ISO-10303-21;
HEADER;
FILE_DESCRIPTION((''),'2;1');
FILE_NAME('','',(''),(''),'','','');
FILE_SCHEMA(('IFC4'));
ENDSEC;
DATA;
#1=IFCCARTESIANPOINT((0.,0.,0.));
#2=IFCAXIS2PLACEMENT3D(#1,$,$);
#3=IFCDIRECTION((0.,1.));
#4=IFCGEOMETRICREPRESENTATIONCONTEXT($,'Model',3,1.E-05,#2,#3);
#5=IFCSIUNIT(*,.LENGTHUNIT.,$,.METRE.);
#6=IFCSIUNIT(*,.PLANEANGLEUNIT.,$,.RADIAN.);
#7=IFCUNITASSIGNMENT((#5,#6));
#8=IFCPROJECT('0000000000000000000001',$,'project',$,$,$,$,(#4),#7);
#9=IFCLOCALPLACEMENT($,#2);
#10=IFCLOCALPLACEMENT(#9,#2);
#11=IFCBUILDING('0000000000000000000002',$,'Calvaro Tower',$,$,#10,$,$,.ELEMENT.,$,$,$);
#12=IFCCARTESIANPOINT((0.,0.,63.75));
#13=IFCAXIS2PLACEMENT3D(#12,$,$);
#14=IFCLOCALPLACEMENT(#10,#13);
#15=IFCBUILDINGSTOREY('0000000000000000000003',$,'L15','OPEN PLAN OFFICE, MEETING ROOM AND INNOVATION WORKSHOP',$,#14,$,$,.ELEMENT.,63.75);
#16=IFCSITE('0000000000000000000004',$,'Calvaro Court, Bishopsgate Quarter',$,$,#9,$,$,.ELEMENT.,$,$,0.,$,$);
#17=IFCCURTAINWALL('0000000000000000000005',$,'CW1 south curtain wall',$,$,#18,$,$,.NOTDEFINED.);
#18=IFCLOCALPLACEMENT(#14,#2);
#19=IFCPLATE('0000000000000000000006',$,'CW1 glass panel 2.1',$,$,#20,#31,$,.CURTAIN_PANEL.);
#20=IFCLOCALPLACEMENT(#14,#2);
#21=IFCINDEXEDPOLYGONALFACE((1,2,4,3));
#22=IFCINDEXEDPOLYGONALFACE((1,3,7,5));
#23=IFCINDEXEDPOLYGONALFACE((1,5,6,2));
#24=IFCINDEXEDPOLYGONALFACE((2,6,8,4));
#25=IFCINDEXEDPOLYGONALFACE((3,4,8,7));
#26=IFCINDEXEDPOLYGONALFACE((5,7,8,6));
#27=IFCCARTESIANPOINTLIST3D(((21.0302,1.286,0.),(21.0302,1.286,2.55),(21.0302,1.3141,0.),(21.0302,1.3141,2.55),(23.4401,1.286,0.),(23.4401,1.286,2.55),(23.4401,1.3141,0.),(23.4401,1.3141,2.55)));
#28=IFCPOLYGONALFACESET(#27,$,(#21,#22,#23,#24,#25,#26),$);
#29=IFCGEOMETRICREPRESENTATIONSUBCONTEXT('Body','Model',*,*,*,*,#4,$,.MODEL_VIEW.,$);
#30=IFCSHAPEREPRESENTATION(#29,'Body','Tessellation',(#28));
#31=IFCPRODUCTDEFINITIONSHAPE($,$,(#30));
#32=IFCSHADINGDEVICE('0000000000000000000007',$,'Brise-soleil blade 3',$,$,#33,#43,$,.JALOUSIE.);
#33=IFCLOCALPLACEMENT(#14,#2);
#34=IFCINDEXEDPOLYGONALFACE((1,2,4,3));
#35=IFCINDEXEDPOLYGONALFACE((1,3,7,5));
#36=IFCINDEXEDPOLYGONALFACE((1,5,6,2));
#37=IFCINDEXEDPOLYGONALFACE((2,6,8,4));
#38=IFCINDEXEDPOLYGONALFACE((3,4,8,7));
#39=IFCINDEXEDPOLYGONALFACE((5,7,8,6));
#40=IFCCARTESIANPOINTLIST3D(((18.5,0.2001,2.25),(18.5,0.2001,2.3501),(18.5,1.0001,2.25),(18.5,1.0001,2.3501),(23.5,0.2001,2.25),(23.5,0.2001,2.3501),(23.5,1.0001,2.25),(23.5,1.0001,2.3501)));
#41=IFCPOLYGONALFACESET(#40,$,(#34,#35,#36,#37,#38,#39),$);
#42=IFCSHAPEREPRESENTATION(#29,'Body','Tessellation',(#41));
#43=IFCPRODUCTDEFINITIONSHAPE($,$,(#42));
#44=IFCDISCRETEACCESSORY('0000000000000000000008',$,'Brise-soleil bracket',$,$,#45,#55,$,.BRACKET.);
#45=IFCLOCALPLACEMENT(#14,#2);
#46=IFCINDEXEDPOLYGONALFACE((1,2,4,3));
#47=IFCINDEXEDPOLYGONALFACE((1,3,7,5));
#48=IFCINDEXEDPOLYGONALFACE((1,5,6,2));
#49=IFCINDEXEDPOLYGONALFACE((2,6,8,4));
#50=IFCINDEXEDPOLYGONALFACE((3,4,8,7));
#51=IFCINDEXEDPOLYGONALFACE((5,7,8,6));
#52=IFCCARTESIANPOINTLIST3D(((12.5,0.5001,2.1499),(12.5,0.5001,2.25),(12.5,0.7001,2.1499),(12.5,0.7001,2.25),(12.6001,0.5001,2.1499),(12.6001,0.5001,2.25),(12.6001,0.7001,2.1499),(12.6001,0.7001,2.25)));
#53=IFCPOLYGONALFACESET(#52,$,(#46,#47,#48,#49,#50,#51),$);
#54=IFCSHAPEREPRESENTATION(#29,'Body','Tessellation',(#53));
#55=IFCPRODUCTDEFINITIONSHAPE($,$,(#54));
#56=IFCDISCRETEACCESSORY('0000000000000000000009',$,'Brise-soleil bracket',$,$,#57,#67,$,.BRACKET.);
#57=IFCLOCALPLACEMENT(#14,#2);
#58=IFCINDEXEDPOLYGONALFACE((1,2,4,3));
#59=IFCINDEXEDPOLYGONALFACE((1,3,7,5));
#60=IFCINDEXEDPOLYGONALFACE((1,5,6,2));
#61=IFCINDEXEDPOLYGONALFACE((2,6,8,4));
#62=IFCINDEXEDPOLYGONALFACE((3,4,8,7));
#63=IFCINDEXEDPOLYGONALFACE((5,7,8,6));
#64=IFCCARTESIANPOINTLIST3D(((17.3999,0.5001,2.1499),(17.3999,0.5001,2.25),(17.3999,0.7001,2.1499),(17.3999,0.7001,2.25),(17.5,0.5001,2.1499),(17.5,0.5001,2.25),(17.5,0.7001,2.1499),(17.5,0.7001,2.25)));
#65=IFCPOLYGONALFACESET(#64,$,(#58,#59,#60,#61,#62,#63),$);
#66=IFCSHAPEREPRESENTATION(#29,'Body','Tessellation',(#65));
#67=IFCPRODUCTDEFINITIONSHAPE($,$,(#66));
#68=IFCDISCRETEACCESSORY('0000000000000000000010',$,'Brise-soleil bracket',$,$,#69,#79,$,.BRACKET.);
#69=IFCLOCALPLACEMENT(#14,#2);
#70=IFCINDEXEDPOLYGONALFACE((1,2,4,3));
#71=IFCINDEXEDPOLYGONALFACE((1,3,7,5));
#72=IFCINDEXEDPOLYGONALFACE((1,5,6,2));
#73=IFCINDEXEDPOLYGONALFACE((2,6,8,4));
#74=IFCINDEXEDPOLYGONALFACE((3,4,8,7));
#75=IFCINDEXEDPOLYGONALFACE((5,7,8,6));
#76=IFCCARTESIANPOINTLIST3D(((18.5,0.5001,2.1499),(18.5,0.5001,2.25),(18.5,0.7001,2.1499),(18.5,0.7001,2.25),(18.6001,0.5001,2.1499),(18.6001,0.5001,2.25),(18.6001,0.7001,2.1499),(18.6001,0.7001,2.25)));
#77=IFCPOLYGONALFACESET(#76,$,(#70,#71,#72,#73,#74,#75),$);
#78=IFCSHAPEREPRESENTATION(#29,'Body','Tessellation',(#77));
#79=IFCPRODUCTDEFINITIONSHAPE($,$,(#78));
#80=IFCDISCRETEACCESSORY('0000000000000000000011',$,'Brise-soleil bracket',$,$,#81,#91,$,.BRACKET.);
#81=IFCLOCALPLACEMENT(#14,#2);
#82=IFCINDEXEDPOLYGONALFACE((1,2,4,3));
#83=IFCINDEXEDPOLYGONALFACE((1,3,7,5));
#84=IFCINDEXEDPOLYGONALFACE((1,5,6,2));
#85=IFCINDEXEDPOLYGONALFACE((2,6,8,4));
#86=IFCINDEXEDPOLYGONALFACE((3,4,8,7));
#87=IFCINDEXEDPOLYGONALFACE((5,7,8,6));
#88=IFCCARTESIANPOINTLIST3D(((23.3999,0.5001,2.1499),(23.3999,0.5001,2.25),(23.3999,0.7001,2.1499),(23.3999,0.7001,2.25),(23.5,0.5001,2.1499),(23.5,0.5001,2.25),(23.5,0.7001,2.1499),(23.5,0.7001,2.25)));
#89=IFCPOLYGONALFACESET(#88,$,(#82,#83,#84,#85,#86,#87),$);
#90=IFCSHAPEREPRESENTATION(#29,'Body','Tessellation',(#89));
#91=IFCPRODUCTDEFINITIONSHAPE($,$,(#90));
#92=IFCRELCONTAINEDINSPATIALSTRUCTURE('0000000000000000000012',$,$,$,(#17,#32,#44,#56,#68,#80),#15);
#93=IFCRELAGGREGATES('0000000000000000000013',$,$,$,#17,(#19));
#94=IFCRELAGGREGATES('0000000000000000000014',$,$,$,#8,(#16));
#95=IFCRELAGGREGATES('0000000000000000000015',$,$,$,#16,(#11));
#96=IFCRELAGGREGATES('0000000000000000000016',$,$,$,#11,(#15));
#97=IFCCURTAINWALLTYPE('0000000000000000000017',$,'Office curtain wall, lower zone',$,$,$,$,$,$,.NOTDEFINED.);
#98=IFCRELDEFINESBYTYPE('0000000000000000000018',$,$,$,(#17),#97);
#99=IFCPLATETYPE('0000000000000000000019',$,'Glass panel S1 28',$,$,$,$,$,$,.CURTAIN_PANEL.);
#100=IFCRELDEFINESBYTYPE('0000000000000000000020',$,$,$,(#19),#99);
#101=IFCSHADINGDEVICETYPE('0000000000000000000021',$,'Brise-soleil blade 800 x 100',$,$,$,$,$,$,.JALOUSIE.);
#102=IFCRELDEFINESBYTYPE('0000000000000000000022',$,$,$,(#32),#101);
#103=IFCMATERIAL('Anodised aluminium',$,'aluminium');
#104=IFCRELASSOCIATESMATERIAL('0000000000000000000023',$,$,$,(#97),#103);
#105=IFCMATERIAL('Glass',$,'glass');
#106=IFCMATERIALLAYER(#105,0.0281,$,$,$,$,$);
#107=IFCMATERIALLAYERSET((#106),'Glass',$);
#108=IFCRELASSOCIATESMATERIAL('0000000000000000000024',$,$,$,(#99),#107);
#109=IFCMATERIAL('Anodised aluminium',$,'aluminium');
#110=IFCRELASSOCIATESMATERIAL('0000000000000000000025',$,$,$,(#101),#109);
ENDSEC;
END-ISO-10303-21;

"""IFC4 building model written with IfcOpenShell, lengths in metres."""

from ifc_helpers import new_model, si_unit, direction, frame, origin, origin_2d, place, context, subcontext, project, spatial, rectangle, extrude, material, layer, layer_set, material_profile, profile_set, type_object, element, aggregate, save


model = new_model("IFC4")

# Units and contexts
model_context = context("Model", 3, precision=1e-05, world=origin(), true_north=direction((0.0, 1.0)))
body_context = subcontext(model_context, "Body", "Model", "MODEL_VIEW")
ifc_project = project(units=[si_unit("LENGTHUNIT", "METRE"), si_unit("PLANEANGLEUNIT", "RADIAN")], contexts=[model_context])

# Site, building, storey
site_placement = place(None, origin())
site = spatial("IfcSite", under=ifc_project, at=site_placement, Name="Calvaro Court, Bishopsgate Quarter", CompositionType="ELEMENT", RefElevation=0.0)
building_placement = place(site_placement, origin())
building = spatial("IfcBuilding", under=site, at=building_placement, Name="Calvaro Tower", CompositionType="ELEMENT")
storey_placement = place(building_placement, frame((0.0, 0.0, 63.75)))
storey = spatial("IfcBuildingStorey", under=building, at=storey_placement, Name="L15", Description="OPEN PLAN OFFICE, MEETING ROOM AND INNOVATION WORKSHOP", CompositionType="ELEMENT", Elevation=63.75)

# Curtain wall
ifc_material_1 = material(Name="Anodised aluminium", Category="aluminium")
curtain_wall_type = type_object("IfcCurtainWallType", Name="Office curtain wall, lower zone", PredefinedType="NOTDEFINED", material=ifc_material_1)
curtain_wall_1_placement = place(storey_placement, origin())
curtain_wall_1 = element("IfcCurtainWall", 1, at=curtain_wall_1_placement, inside=storey, type_object=curtain_wall_type, Name="CW1 south curtain wall", PredefinedType="NOTDEFINED")

# Plate
ifc_material_2 = material(Name="Glass", Category="glass")
ifc_layer = layer(ifc_material_2, 0.0281)
ifc_layer_set = layer_set([ifc_layer], Name="Glass")
plate_type = type_object("IfcPlateType", Name="Glass panel S1 28", PredefinedType="CURTAIN_PANEL", material=ifc_layer_set)
plate_1_placement = place(storey_placement, frame((22.2351, 1.3, 0.0), z_axis=(0.0, 0.0, 1.0), x_axis=(1.0, 0.0, 0.0)))
plate_1 = element("IfcPlate", 2, at=plate_1_placement, type_object=plate_type, Name="CW1 glass panel 2.1", PredefinedType="CURTAIN_PANEL", context=body_context, shape_type="SweptSolid", body=[
    extrude(rectangle(XDim=2.4099, YDim=0.0281, at=origin_2d()), origin(), (0.0, 0.0, 1.0), 2.55),
])
aggregate(curtain_wall_1, [plate_1])

# Shading device
ifc_material_3 = material(Name="Anodised aluminium", Category="aluminium")
ifc_material_profile_1 = material_profile(ifc_material_3, rectangle(XDim=0.8, YDim=0.1001, at=origin_2d()), Name="Brise-soleil blade 800 x 100")
ifc_profile_set_1 = profile_set([ifc_material_profile_1], Name="Anodised aluminium")
shading_device_type = type_object("IfcShadingDeviceType", Name="Brise-soleil blade 800 x 100", PredefinedType="JALOUSIE", material=ifc_profile_set_1)
shading_device_placement = place(storey_placement, frame((18.5, 0.6001, 2.3), z_axis=(1.0, 0.0, 0.0), x_axis=(0.0, 1.0, 0.0)))
element("IfcShadingDevice", 3, at=shading_device_placement, inside=storey, type_object=shading_device_type, Name="Brise-soleil blade 3", PredefinedType="JALOUSIE", context=body_context, shape_type="SweptSolid", body=[
    extrude(rectangle(XDim=0.8, YDim=0.1001, at=origin_2d()), origin(), (0.0, 0.0, 1.0), 5.0),
])

# Discrete accessories
for number, where, z_axis, x_axis, name in (
    (4, (12.55, 0.6001, 2.1499), (0.0, 0.0, 1.0), (1.0, 0.0, 0.0), "Brise-soleil bracket"),
    (5, (17.45, 0.6001, 2.1499), (0.0, 0.0, 1.0), (1.0, 0.0, 0.0), "Brise-soleil bracket"),
    (6, (18.55, 0.6001, 2.1499), (0.0, 0.0, 1.0), (1.0, 0.0, 0.0), "Brise-soleil bracket"),
    (7, (23.45, 0.6001, 2.1499), (0.0, 0.0, 1.0), (1.0, 0.0, 0.0), "Brise-soleil bracket"),
):
    element("IfcDiscreteAccessory", number, at=place(storey_placement, frame(where, z_axis=z_axis, x_axis=x_axis)), inside=storey, Name=name, PredefinedType="BRACKET", context=body_context, shape_type="SweptSolid", body=[
        extrude(rectangle(XDim=0.1001, YDim=0.2, at=origin_2d()), origin(), (0.0, 0.0, 1.0), 0.1001),
    ])

save(model, "model.ifc")
